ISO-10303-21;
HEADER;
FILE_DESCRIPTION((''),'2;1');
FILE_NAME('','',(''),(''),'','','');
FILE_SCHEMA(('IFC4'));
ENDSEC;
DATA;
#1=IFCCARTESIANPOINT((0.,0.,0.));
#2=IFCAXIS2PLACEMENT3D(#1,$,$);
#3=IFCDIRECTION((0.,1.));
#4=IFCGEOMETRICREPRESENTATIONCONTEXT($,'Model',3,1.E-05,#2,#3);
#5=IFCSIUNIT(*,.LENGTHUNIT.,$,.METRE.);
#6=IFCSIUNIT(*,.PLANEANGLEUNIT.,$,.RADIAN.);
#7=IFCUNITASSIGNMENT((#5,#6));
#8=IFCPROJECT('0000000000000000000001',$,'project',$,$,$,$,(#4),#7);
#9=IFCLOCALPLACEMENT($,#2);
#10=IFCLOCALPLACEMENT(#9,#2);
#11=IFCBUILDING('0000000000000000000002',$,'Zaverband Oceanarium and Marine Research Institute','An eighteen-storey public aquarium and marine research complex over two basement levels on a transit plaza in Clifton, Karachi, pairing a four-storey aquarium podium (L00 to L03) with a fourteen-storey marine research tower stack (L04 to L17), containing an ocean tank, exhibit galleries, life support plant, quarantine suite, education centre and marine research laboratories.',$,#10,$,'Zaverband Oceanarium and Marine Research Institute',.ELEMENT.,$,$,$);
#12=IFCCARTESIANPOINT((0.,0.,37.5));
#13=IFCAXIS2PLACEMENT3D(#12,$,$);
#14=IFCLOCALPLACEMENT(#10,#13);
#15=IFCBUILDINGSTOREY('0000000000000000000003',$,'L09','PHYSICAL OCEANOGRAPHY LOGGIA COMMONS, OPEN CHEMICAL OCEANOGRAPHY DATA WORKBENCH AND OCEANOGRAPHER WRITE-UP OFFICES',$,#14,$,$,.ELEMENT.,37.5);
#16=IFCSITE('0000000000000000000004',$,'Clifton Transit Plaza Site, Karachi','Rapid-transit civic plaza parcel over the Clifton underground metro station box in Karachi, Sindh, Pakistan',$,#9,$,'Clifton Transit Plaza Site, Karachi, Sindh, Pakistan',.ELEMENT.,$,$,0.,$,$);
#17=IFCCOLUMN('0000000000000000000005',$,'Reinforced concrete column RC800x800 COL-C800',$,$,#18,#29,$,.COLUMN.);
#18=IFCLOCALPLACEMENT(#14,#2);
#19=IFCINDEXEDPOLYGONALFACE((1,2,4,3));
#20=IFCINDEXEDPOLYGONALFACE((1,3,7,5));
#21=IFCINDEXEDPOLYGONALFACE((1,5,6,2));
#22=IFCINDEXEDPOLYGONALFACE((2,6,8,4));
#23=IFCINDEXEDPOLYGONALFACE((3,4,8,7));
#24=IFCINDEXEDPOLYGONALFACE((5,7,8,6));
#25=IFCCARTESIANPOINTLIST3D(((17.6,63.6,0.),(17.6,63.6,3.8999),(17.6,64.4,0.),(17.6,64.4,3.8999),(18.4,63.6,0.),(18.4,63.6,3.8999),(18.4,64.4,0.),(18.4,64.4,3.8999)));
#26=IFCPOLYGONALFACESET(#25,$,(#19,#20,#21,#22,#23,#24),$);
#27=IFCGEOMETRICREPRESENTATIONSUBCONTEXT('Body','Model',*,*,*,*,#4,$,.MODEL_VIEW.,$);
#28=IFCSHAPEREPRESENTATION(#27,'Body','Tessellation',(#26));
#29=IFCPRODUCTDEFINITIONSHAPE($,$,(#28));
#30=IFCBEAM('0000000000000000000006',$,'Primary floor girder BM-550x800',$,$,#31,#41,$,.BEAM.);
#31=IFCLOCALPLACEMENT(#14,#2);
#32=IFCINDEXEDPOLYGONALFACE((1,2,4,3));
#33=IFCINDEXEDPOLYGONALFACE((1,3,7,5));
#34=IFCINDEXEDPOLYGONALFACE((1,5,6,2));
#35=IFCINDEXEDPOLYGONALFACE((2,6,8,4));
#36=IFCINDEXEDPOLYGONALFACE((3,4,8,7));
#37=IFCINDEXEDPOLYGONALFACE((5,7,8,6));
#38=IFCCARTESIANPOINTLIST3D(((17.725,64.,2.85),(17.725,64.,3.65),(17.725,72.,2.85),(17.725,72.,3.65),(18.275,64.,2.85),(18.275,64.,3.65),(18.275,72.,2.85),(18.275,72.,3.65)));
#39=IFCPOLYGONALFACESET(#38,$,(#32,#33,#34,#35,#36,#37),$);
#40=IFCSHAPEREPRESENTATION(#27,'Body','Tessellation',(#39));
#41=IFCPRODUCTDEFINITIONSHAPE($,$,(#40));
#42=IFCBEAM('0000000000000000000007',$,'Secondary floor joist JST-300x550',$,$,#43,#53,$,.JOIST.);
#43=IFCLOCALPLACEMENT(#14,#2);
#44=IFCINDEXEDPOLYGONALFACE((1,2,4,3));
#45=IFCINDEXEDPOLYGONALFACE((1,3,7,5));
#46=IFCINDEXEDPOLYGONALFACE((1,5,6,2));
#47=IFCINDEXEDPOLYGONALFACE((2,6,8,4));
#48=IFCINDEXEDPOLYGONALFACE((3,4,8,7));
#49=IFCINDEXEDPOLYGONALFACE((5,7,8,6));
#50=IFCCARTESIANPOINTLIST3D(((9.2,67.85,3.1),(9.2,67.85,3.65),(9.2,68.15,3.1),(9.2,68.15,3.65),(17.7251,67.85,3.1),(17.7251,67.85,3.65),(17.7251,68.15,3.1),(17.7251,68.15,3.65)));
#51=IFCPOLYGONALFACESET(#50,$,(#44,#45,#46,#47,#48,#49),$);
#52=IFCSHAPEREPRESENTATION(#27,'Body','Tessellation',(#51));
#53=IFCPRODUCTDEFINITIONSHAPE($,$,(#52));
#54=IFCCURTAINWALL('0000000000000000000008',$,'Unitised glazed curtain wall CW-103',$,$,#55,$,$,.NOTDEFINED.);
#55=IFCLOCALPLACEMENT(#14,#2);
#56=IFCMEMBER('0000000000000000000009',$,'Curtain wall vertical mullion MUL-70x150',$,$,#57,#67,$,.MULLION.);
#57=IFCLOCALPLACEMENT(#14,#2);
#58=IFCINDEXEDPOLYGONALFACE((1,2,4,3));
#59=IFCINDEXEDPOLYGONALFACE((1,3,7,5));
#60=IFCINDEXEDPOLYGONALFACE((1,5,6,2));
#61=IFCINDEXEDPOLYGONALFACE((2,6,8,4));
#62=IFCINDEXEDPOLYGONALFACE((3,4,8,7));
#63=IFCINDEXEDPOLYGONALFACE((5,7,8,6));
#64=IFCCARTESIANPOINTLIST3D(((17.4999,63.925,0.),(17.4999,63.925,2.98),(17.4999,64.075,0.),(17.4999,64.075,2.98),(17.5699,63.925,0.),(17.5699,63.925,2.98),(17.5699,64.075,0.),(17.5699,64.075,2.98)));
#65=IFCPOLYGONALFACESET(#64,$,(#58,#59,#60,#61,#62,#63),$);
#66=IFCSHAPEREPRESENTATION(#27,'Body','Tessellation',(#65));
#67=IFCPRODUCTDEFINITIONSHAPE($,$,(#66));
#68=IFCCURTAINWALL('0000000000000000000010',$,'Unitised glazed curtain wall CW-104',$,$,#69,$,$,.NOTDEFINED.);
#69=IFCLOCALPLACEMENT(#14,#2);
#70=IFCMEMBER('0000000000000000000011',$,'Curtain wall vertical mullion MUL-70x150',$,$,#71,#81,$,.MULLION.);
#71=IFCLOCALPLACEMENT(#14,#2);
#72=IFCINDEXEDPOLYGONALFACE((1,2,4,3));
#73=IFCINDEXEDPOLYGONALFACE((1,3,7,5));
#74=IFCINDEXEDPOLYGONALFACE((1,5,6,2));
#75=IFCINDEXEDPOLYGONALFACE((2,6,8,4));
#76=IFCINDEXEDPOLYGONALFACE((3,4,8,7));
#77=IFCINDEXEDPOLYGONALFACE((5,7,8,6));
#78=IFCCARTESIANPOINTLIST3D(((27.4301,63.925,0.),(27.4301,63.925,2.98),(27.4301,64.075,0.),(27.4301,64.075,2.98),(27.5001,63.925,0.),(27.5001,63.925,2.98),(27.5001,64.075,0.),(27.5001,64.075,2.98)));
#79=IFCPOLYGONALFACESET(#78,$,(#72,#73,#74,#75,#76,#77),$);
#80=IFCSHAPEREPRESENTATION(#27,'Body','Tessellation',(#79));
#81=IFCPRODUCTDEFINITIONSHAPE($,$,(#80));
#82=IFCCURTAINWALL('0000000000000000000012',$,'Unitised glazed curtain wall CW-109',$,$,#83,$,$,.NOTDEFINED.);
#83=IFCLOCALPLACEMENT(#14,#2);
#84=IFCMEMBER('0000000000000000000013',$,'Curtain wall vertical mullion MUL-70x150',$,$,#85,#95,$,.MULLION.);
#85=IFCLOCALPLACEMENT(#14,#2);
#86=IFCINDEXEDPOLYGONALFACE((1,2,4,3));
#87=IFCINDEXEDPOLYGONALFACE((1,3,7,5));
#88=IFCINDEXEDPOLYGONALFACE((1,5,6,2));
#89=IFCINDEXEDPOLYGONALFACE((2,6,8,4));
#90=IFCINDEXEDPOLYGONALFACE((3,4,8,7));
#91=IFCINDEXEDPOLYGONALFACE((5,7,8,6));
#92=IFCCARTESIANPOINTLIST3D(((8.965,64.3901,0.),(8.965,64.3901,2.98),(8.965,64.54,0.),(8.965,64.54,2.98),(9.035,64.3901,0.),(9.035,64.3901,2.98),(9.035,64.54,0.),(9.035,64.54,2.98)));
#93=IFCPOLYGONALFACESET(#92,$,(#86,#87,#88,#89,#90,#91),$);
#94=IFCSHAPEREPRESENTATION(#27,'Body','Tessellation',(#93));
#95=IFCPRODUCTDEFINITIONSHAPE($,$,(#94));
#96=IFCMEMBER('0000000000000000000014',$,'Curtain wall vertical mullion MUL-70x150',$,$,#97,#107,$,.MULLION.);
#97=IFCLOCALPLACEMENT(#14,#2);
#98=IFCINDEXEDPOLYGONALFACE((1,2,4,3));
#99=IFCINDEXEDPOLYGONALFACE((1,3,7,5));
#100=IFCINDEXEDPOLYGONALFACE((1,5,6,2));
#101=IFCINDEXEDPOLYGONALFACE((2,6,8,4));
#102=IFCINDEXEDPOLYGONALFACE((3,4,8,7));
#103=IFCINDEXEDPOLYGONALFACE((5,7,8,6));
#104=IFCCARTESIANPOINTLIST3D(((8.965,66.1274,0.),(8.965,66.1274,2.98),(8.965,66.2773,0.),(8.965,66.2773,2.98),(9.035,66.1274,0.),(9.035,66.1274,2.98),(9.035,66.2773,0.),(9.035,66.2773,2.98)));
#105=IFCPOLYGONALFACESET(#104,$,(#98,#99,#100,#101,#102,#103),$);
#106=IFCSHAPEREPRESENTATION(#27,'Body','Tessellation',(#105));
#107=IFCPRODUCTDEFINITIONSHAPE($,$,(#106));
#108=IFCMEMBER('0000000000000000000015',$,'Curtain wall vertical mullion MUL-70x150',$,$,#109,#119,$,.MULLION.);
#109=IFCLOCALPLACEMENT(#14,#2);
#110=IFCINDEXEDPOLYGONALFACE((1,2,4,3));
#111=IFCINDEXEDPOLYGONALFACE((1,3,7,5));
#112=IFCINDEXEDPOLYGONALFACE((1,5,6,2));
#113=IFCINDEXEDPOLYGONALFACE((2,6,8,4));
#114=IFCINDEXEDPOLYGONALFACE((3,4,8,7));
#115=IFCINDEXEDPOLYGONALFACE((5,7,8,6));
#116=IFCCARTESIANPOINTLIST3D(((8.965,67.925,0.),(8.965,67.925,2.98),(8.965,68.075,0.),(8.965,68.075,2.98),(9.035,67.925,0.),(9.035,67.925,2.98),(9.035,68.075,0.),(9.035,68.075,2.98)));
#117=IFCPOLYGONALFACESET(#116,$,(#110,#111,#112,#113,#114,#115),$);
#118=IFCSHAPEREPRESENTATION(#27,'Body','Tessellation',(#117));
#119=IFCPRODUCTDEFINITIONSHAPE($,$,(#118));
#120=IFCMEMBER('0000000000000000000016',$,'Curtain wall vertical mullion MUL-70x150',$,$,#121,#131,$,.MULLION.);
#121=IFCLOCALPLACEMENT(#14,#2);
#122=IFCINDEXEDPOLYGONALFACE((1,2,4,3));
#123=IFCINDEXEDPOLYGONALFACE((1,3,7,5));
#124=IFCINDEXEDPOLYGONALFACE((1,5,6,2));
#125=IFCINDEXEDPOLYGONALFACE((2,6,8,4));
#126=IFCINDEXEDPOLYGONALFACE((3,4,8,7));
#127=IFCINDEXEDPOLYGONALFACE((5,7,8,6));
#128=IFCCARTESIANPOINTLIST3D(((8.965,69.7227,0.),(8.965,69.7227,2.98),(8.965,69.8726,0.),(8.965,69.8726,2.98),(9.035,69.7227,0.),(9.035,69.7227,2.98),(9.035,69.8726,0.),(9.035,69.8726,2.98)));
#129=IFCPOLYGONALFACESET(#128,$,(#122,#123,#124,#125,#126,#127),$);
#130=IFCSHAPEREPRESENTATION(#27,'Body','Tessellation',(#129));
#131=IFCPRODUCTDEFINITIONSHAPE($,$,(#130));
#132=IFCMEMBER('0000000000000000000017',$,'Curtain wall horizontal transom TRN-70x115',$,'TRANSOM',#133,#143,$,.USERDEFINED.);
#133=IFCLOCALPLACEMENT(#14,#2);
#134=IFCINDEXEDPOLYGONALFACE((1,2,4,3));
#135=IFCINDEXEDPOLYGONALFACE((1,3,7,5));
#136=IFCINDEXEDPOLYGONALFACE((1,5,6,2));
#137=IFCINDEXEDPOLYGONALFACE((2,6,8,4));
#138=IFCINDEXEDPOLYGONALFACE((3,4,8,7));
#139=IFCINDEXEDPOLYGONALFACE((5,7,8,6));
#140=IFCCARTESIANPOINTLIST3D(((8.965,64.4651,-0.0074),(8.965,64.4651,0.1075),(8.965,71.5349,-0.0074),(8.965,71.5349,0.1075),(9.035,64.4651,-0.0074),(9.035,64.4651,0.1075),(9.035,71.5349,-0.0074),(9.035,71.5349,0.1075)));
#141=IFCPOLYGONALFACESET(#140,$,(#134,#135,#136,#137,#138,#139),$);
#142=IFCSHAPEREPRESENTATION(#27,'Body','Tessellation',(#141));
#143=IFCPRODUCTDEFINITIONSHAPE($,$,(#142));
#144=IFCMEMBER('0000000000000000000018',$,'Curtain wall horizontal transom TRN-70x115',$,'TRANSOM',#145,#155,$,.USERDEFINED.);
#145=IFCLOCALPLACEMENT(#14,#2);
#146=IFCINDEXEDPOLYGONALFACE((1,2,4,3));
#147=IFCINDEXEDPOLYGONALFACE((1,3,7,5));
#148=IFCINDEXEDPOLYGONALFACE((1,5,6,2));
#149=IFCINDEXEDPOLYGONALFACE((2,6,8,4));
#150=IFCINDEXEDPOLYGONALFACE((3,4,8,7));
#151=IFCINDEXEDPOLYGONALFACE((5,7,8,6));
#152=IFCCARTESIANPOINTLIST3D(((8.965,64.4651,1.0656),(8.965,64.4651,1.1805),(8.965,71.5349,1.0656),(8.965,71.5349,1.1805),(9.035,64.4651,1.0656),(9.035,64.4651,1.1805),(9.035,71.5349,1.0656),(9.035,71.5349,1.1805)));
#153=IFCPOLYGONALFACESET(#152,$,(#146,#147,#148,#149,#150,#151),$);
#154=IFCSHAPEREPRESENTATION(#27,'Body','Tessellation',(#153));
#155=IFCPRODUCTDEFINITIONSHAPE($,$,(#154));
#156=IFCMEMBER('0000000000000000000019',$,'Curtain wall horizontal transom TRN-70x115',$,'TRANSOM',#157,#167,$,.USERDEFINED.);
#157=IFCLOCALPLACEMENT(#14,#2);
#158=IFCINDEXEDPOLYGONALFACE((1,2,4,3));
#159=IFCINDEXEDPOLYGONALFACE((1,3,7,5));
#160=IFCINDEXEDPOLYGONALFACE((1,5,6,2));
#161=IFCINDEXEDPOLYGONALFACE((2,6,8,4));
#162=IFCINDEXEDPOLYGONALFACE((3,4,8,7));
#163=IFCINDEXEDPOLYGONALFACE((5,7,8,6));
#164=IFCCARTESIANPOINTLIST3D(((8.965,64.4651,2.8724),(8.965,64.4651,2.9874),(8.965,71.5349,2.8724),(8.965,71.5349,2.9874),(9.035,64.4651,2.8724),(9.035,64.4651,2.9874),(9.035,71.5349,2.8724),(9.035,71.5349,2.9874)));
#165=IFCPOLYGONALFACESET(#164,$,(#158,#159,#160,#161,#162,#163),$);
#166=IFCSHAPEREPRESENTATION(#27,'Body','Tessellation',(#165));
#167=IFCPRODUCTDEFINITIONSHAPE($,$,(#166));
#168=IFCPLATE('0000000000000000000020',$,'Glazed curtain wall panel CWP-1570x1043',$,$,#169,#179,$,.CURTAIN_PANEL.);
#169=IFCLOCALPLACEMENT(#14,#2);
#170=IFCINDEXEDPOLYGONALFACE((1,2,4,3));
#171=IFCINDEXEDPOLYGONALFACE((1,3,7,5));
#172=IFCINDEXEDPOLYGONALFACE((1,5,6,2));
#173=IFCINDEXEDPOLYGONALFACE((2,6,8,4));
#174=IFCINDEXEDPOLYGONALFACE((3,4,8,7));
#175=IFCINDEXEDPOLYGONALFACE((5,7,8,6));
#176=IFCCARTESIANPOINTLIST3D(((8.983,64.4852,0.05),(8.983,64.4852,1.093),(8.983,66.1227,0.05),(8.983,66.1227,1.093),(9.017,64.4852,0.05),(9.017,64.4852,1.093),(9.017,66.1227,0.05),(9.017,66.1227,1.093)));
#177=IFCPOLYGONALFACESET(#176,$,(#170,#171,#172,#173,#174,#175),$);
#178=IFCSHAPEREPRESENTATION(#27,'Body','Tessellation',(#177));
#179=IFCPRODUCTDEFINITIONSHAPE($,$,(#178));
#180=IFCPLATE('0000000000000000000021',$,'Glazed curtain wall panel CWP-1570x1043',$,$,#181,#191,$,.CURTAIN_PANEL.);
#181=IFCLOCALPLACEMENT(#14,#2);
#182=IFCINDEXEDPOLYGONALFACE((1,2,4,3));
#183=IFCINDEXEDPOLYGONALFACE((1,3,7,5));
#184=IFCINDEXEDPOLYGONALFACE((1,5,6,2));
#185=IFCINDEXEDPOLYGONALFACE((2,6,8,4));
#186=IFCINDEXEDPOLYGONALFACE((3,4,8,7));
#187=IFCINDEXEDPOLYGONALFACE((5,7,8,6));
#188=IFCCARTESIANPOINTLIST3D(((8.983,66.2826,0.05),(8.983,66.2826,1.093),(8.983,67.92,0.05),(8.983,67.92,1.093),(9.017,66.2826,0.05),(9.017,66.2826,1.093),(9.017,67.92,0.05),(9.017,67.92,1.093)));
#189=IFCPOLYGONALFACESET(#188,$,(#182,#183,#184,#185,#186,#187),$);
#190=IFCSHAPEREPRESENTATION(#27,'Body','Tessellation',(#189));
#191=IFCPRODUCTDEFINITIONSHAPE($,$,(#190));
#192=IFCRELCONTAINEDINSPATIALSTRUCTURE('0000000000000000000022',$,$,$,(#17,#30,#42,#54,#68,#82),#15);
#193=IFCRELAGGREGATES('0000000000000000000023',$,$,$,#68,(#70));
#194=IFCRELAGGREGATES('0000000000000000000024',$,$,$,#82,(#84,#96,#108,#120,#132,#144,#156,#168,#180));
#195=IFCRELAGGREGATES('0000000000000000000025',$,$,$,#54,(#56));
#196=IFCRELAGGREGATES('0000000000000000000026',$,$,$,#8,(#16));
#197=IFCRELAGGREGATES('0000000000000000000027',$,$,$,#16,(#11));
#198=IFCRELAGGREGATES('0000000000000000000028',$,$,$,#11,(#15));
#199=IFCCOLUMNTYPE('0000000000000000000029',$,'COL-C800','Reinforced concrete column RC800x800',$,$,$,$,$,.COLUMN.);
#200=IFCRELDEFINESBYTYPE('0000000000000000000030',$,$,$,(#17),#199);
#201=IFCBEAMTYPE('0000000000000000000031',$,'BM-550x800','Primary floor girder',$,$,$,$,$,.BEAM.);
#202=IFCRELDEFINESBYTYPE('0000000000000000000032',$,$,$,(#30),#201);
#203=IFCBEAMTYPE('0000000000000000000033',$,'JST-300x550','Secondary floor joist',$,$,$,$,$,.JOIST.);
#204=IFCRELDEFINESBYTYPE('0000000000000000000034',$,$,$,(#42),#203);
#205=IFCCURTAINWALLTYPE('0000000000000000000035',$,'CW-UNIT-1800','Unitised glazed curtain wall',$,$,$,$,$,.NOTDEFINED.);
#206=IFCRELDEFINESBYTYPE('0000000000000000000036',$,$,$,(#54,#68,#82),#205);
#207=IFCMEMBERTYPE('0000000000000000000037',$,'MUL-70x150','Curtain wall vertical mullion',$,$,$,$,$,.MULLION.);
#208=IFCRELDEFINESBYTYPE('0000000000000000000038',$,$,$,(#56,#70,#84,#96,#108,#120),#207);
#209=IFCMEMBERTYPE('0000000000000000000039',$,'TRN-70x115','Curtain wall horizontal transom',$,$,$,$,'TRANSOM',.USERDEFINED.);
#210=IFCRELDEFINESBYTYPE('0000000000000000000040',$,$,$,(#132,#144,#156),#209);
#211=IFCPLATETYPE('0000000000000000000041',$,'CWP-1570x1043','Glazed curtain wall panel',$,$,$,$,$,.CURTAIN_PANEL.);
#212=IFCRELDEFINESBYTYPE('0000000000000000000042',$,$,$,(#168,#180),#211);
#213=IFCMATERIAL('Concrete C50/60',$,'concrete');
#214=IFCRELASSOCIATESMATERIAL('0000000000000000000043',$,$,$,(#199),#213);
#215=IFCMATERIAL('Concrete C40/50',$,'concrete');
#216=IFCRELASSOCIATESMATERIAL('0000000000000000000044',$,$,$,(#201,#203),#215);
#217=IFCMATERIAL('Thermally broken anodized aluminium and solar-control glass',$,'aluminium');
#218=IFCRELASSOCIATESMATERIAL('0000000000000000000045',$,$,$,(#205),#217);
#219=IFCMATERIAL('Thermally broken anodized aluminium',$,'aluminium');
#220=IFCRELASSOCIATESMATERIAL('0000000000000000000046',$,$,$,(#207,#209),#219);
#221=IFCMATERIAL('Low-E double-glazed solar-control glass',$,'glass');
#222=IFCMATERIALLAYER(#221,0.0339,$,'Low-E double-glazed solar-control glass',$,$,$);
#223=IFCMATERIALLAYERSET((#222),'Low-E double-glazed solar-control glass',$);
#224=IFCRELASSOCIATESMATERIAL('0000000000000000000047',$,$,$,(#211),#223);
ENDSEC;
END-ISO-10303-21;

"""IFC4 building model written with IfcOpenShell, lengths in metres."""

from ifc_helpers import new_model, si_unit, direction, frame, frame_2d, origin, origin_2d, place, context, subcontext, project, spatial, rectangle, extrude, material, layer, layer_set, material_profile, profile_set, type_object, element, aggregate, save


model = new_model("IFC4")

# Units and contexts
model_context = context("Model", 3, precision=1e-05, world=origin(), true_north=direction((0.0, 1.0)))
body_context = subcontext(model_context, "Body", "Model", "MODEL_VIEW")
ifc_project = project(units=[si_unit("LENGTHUNIT", "METRE"), si_unit("PLANEANGLEUNIT", "RADIAN")], contexts=[model_context])

# Site, building, storey
site_placement = place(None, origin())
site = spatial("IfcSite", under=ifc_project, at=site_placement, Name="Clifton Transit Plaza Site, Karachi", Description="Rapid-transit civic plaza parcel over the Clifton underground metro station box in Karachi, Sindh, Pakistan", LongName="Clifton Transit Plaza Site, Karachi, Sindh, Pakistan", CompositionType="ELEMENT", RefElevation=0.0)
building_placement = place(site_placement, origin())
building = spatial("IfcBuilding", under=site, at=building_placement, Name="Zaverband Oceanarium and Marine Research Institute", Description="An eighteen-storey public aquarium and marine research complex over two basement levels on a transit plaza in Clifton, Karachi, pairing a four-storey aquarium podium (L00 to L03) with a fourteen-storey marine research tower stack (L04 to L17), containing an ocean tank, exhibit galleries, life support plant, quarantine suite, education centre and marine research laboratories.", LongName="Zaverband Oceanarium and Marine Research Institute", CompositionType="ELEMENT")
storey_placement = place(building_placement, frame((0.0, 0.0, 37.5)))
storey = spatial("IfcBuildingStorey", under=building, at=storey_placement, Name="L09", Description="PHYSICAL OCEANOGRAPHY LOGGIA COMMONS, OPEN CHEMICAL OCEANOGRAPHY DATA WORKBENCH AND OCEANOGRAPHER WRITE-UP OFFICES", CompositionType="ELEMENT", Elevation=37.5)

# Column
ifc_material_1 = material(Name="Concrete C50/60", Category="concrete")
ifc_material_profile_1 = material_profile(ifc_material_1, rectangle(XDim=0.8, YDim=0.8, at=origin_2d()), Name="RC800x800")
ifc_profile_set_1 = profile_set([ifc_material_profile_1], Name="Concrete C50/60")
column_type = type_object("IfcColumnType", Name="COL-C800", Description="Reinforced concrete column RC800x800", PredefinedType="COLUMN", material=ifc_profile_set_1)
column_placement = place(storey_placement, frame((18.0, 64.0, 0.0), z_axis=(0.0, 0.0, 1.0), x_axis=(1.0, 0.0, 0.0)))
element("IfcColumn", 1, at=column_placement, inside=storey, type_object=column_type, Name="Reinforced concrete column RC800x800 COL-C800", PredefinedType="COLUMN", context=body_context, shape_type="SweptSolid", body=[
    extrude(rectangle(XDim=0.8, YDim=0.8, at=origin_2d()), origin(), (0.0, 0.0, 1.0), 3.8999),
])

# Beams
ifc_material_2 = material(Name="Concrete C40/50", Category="concrete")
ifc_material_profile_2 = material_profile(ifc_material_2, rectangle(XDim=0.55, YDim=0.8, at=origin_2d()), Name="RC550x800")
ifc_profile_set_2 = profile_set([ifc_material_profile_2], Name="Concrete C40/50")
beam_type_1 = type_object("IfcBeamType", Name="BM-550x800", Description="Primary floor girder", PredefinedType="BEAM", material=ifc_profile_set_2)
beam_1_placement = place(storey_placement, frame((18.0, 64.0, 3.25), z_axis=(0.0, 1.0, 0.0), x_axis=(-1.0, 0.0, 0.0)))
element("IfcBeam", 2, at=beam_1_placement, inside=storey, type_object=beam_type_1, Name="Primary floor girder BM-550x800", PredefinedType="BEAM", context=body_context, shape_type="SweptSolid", body=[
    extrude(rectangle(XDim=0.55, YDim=0.8, at=origin_2d()), origin(), (0.0, 0.0, 1.0), 8.0),
])
ifc_material_profile_3 = material_profile(ifc_material_2, rectangle(XDim=0.3, YDim=0.55, at=origin_2d()), Name="RC300x550")
ifc_profile_set_3 = profile_set([ifc_material_profile_3], Name="Concrete C40/50")
beam_type_2 = type_object("IfcBeamType", Name="JST-300x550", Description="Secondary floor joist", PredefinedType="JOIST", material=ifc_profile_set_3)
beam_2_placement = place(storey_placement, frame((9.2, 68.0, 3.375), z_axis=(1.0, 0.0, 0.0), x_axis=(0.0, 1.0, 0.0)))
element("IfcBeam", 3, at=beam_2_placement, inside=storey, type_object=beam_type_2, Name="Secondary floor joist JST-300x550", PredefinedType="JOIST", context=body_context, shape_type="SweptSolid", body=[
    extrude(rectangle(XDim=0.3, YDim=0.55, at=origin_2d()), origin(), (0.0, 0.0, 1.0), 8.5251),
])

# Curtain walls, members
ifc_material_3 = material(Name="Thermally broken anodized aluminium and solar-control glass", Category="aluminium")
curtain_wall_type = type_object("IfcCurtainWallType", Name="CW-UNIT-1800", Description="Unitised glazed curtain wall", PredefinedType="NOTDEFINED", material=ifc_material_3)
curtain_wall_1_placement = place(storey_placement, origin())
curtain_wall_1 = element("IfcCurtainWall", 4, at=curtain_wall_1_placement, inside=storey, type_object=curtain_wall_type, Name="Unitised glazed curtain wall CW-103", PredefinedType="NOTDEFINED")
ifc_material_4 = material(Name="Thermally broken anodized aluminium", Category="aluminium")
ifc_material_profile_4 = material_profile(ifc_material_4, rectangle(XDim=0.0701, YDim=0.1499, at=origin_2d()), Name="AL-MUL-70x150")
ifc_profile_set_4 = profile_set([ifc_material_profile_4], Name="Thermally broken anodized aluminium")
member_type_1 = type_object("IfcMemberType", Name="MUL-70x150", Description="Curtain wall vertical mullion", PredefinedType="MULLION", material=ifc_profile_set_4)
member_1_placement = place(storey_placement, frame((17.5349, 64.0, 0.0), z_axis=(0.0, 0.0, 1.0), x_axis=(1.0, 0.0, 0.0)))
member_1 = element("IfcMember", 5, at=member_1_placement, type_object=member_type_1, Name="Curtain wall vertical mullion MUL-70x150", PredefinedType="MULLION", context=body_context, shape_type="SweptSolid", body=[
    extrude(rectangle(XDim=0.0701, YDim=0.1499, at=origin_2d()), origin(), (0.0, 0.0, 1.0), 2.98),
])
curtain_wall_2_placement = place(storey_placement, origin())
curtain_wall_2 = element("IfcCurtainWall", 6, at=curtain_wall_2_placement, inside=storey, type_object=curtain_wall_type, Name="Unitised glazed curtain wall CW-104", PredefinedType="NOTDEFINED")
member_2_placement = place(storey_placement, frame((27.4651, 64.0, 0.0), z_axis=(0.0, 0.0, 1.0), x_axis=(1.0, 0.0, 0.0)))
member_2 = element("IfcMember", 7, at=member_2_placement, type_object=member_type_1, Name="Curtain wall vertical mullion MUL-70x150", PredefinedType="MULLION", context=body_context, shape_type="SweptSolid", body=[
    extrude(rectangle(XDim=0.0701, YDim=0.1499, at=origin_2d()), origin(), (0.0, 0.0, 1.0), 2.98),
])
aggregate(curtain_wall_2, [member_2])

# Curtain wall, members, plates
curtain_wall_3_placement = place(storey_placement, origin())
curtain_wall_3 = element("IfcCurtainWall", 8, at=curtain_wall_3_placement, inside=storey, type_object=curtain_wall_type, Name="Unitised glazed curtain wall CW-109", PredefinedType="NOTDEFINED")
member_3_placement = place(storey_placement, frame((9.0, 64.4651, 0.0), z_axis=(0.0, 0.0, 1.0), x_axis=(1.0, 0.0, 0.0)))
member_3 = element("IfcMember", 9, at=member_3_placement, type_object=member_type_1, Name="Curtain wall vertical mullion MUL-70x150", PredefinedType="MULLION", context=body_context, shape_type="SweptSolid", body=[
    extrude(rectangle(XDim=0.0701, YDim=0.1499, at=origin_2d()), origin(), (0.0, 0.0, 1.0), 2.98),
])
member_4_placement = place(storey_placement, frame((9.0, 66.2024, 0.0), z_axis=(0.0, 0.0, 1.0), x_axis=(1.0, 0.0, 0.0)))
member_4 = element("IfcMember", 10, at=member_4_placement, type_object=member_type_1, Name="Curtain wall vertical mullion MUL-70x150", PredefinedType="MULLION", context=body_context, shape_type="SweptSolid", body=[
    extrude(rectangle(XDim=0.0701, YDim=0.1499, at=origin_2d()), origin(), (0.0, 0.0, 1.0), 2.98),
])
member_5_placement = place(storey_placement, frame((9.0, 68.0, 0.0), z_axis=(0.0, 0.0, 1.0), x_axis=(1.0, 0.0, 0.0)))
member_5 = element("IfcMember", 11, at=member_5_placement, type_object=member_type_1, Name="Curtain wall vertical mullion MUL-70x150", PredefinedType="MULLION", context=body_context, shape_type="SweptSolid", body=[
    extrude(rectangle(XDim=0.0701, YDim=0.1499, at=origin_2d()), origin(), (0.0, 0.0, 1.0), 2.98),
])
member_6_placement = place(storey_placement, frame((9.0, 69.7976, 0.0), z_axis=(0.0, 0.0, 1.0), x_axis=(1.0, 0.0, 0.0)))
member_6 = element("IfcMember", 12, at=member_6_placement, type_object=member_type_1, Name="Curtain wall vertical mullion MUL-70x150", PredefinedType="MULLION", context=body_context, shape_type="SweptSolid", body=[
    extrude(rectangle(XDim=0.0701, YDim=0.1499, at=origin_2d()), origin(), (0.0, 0.0, 1.0), 2.98),
])
ifc_material_profile_5 = material_profile(ifc_material_4, rectangle(XDim=0.0701, YDim=0.115, at=origin_2d()), Name="AL-TRN-70x115")
ifc_profile_set_5 = profile_set([ifc_material_profile_5], Name="Thermally broken anodized aluminium")
member_type_2 = type_object("IfcMemberType", Name="TRN-70x115", Description="Curtain wall horizontal transom", ElementType="TRANSOM", PredefinedType="USERDEFINED", material=ifc_profile_set_5)
member_7_placement = place(storey_placement, frame((9.0, 64.4651, 0.05), z_axis=(0.0, 1.0, 0.0), x_axis=(-1.0, 0.0, 0.0)))
member_7 = element("IfcMember", 13, at=member_7_placement, type_object=member_type_2, Name="Curtain wall horizontal transom TRN-70x115", ObjectType="TRANSOM", PredefinedType="USERDEFINED", context=body_context, shape_type="SweptSolid", body=[
    extrude(rectangle(XDim=0.0701, YDim=0.115, at=origin_2d()), origin(), (0.0, 0.0, 1.0), 7.0698),
])
member_8_placement = place(storey_placement, frame((9.0, 64.4651, 1.123), z_axis=(0.0, 1.0, 0.0), x_axis=(-1.0, 0.0, 0.0)))
member_8 = element("IfcMember", 14, at=member_8_placement, type_object=member_type_2, Name="Curtain wall horizontal transom TRN-70x115", ObjectType="TRANSOM", PredefinedType="USERDEFINED", context=body_context, shape_type="SweptSolid", body=[
    extrude(rectangle(XDim=0.0701, YDim=0.115, at=origin_2d()), origin(), (0.0, 0.0, 1.0), 7.0698),
])
member_9_placement = place(storey_placement, frame((9.0, 64.4651, 2.9299), z_axis=(0.0, 1.0, 0.0), x_axis=(-1.0, 0.0, 0.0)))
member_9 = element("IfcMember", 15, at=member_9_placement, type_object=member_type_2, Name="Curtain wall horizontal transom TRN-70x115", ObjectType="TRANSOM", PredefinedType="USERDEFINED", context=body_context, shape_type="SweptSolid", body=[
    extrude(rectangle(XDim=0.0701, YDim=0.115, at=origin_2d()), origin(), (0.0, 0.0, 1.0), 7.0698),
])
ifc_material_5 = material(Name="Low-E double-glazed solar-control glass", Category="glass")
ifc_layer_1 = layer(ifc_material_5, 0.0339, Name="Low-E double-glazed solar-control glass")
ifc_layer_set_1 = layer_set([ifc_layer_1], Name="Low-E double-glazed solar-control glass")
plate_type_1 = type_object("IfcPlateType", Name="CWP-1570x1043", Description="Glazed curtain wall panel", PredefinedType="CURTAIN_PANEL", material=ifc_layer_set_1)
plate_1_placement = place(storey_placement, frame((9.0, 64.4851, 0.05), z_axis=(0.0, 0.0, 1.0), x_axis=(0.0, 1.0, 0.0)))
plate_1 = element("IfcPlate", 16, at=plate_1_placement, type_object=plate_type_1, Name="Glazed curtain wall panel CWP-1570x1043", PredefinedType="CURTAIN_PANEL", context=body_context, shape_type="SweptSolid", body=[
    extrude(rectangle(XDim=1.6375, YDim=0.0339, at=frame_2d((0.8188, 0.0))), origin(), (0.0, 0.0, 1.0), 1.043),
])
plate_2_placement = place(storey_placement, frame((9.0, 66.2825, 0.05), z_axis=(0.0, 0.0, 1.0), x_axis=(0.0, 1.0, 0.0)))
plate_2 = element("IfcPlate", 17, at=plate_2_placement, type_object=plate_type_1, Name="Glazed curtain wall panel CWP-1570x1043", PredefinedType="CURTAIN_PANEL", context=body_context, shape_type="SweptSolid", body=[
    extrude(rectangle(XDim=1.6375, YDim=0.0339, at=frame_2d((0.8188, 0.0))), origin(), (0.0, 0.0, 1.0), 1.043),
])
aggregate(curtain_wall_3, [member_3, member_4, member_5, member_6, member_7, member_8, member_9, plate_1, plate_2])

aggregate(curtain_wall_1, [member_1])

save(model, "model.ifc")
